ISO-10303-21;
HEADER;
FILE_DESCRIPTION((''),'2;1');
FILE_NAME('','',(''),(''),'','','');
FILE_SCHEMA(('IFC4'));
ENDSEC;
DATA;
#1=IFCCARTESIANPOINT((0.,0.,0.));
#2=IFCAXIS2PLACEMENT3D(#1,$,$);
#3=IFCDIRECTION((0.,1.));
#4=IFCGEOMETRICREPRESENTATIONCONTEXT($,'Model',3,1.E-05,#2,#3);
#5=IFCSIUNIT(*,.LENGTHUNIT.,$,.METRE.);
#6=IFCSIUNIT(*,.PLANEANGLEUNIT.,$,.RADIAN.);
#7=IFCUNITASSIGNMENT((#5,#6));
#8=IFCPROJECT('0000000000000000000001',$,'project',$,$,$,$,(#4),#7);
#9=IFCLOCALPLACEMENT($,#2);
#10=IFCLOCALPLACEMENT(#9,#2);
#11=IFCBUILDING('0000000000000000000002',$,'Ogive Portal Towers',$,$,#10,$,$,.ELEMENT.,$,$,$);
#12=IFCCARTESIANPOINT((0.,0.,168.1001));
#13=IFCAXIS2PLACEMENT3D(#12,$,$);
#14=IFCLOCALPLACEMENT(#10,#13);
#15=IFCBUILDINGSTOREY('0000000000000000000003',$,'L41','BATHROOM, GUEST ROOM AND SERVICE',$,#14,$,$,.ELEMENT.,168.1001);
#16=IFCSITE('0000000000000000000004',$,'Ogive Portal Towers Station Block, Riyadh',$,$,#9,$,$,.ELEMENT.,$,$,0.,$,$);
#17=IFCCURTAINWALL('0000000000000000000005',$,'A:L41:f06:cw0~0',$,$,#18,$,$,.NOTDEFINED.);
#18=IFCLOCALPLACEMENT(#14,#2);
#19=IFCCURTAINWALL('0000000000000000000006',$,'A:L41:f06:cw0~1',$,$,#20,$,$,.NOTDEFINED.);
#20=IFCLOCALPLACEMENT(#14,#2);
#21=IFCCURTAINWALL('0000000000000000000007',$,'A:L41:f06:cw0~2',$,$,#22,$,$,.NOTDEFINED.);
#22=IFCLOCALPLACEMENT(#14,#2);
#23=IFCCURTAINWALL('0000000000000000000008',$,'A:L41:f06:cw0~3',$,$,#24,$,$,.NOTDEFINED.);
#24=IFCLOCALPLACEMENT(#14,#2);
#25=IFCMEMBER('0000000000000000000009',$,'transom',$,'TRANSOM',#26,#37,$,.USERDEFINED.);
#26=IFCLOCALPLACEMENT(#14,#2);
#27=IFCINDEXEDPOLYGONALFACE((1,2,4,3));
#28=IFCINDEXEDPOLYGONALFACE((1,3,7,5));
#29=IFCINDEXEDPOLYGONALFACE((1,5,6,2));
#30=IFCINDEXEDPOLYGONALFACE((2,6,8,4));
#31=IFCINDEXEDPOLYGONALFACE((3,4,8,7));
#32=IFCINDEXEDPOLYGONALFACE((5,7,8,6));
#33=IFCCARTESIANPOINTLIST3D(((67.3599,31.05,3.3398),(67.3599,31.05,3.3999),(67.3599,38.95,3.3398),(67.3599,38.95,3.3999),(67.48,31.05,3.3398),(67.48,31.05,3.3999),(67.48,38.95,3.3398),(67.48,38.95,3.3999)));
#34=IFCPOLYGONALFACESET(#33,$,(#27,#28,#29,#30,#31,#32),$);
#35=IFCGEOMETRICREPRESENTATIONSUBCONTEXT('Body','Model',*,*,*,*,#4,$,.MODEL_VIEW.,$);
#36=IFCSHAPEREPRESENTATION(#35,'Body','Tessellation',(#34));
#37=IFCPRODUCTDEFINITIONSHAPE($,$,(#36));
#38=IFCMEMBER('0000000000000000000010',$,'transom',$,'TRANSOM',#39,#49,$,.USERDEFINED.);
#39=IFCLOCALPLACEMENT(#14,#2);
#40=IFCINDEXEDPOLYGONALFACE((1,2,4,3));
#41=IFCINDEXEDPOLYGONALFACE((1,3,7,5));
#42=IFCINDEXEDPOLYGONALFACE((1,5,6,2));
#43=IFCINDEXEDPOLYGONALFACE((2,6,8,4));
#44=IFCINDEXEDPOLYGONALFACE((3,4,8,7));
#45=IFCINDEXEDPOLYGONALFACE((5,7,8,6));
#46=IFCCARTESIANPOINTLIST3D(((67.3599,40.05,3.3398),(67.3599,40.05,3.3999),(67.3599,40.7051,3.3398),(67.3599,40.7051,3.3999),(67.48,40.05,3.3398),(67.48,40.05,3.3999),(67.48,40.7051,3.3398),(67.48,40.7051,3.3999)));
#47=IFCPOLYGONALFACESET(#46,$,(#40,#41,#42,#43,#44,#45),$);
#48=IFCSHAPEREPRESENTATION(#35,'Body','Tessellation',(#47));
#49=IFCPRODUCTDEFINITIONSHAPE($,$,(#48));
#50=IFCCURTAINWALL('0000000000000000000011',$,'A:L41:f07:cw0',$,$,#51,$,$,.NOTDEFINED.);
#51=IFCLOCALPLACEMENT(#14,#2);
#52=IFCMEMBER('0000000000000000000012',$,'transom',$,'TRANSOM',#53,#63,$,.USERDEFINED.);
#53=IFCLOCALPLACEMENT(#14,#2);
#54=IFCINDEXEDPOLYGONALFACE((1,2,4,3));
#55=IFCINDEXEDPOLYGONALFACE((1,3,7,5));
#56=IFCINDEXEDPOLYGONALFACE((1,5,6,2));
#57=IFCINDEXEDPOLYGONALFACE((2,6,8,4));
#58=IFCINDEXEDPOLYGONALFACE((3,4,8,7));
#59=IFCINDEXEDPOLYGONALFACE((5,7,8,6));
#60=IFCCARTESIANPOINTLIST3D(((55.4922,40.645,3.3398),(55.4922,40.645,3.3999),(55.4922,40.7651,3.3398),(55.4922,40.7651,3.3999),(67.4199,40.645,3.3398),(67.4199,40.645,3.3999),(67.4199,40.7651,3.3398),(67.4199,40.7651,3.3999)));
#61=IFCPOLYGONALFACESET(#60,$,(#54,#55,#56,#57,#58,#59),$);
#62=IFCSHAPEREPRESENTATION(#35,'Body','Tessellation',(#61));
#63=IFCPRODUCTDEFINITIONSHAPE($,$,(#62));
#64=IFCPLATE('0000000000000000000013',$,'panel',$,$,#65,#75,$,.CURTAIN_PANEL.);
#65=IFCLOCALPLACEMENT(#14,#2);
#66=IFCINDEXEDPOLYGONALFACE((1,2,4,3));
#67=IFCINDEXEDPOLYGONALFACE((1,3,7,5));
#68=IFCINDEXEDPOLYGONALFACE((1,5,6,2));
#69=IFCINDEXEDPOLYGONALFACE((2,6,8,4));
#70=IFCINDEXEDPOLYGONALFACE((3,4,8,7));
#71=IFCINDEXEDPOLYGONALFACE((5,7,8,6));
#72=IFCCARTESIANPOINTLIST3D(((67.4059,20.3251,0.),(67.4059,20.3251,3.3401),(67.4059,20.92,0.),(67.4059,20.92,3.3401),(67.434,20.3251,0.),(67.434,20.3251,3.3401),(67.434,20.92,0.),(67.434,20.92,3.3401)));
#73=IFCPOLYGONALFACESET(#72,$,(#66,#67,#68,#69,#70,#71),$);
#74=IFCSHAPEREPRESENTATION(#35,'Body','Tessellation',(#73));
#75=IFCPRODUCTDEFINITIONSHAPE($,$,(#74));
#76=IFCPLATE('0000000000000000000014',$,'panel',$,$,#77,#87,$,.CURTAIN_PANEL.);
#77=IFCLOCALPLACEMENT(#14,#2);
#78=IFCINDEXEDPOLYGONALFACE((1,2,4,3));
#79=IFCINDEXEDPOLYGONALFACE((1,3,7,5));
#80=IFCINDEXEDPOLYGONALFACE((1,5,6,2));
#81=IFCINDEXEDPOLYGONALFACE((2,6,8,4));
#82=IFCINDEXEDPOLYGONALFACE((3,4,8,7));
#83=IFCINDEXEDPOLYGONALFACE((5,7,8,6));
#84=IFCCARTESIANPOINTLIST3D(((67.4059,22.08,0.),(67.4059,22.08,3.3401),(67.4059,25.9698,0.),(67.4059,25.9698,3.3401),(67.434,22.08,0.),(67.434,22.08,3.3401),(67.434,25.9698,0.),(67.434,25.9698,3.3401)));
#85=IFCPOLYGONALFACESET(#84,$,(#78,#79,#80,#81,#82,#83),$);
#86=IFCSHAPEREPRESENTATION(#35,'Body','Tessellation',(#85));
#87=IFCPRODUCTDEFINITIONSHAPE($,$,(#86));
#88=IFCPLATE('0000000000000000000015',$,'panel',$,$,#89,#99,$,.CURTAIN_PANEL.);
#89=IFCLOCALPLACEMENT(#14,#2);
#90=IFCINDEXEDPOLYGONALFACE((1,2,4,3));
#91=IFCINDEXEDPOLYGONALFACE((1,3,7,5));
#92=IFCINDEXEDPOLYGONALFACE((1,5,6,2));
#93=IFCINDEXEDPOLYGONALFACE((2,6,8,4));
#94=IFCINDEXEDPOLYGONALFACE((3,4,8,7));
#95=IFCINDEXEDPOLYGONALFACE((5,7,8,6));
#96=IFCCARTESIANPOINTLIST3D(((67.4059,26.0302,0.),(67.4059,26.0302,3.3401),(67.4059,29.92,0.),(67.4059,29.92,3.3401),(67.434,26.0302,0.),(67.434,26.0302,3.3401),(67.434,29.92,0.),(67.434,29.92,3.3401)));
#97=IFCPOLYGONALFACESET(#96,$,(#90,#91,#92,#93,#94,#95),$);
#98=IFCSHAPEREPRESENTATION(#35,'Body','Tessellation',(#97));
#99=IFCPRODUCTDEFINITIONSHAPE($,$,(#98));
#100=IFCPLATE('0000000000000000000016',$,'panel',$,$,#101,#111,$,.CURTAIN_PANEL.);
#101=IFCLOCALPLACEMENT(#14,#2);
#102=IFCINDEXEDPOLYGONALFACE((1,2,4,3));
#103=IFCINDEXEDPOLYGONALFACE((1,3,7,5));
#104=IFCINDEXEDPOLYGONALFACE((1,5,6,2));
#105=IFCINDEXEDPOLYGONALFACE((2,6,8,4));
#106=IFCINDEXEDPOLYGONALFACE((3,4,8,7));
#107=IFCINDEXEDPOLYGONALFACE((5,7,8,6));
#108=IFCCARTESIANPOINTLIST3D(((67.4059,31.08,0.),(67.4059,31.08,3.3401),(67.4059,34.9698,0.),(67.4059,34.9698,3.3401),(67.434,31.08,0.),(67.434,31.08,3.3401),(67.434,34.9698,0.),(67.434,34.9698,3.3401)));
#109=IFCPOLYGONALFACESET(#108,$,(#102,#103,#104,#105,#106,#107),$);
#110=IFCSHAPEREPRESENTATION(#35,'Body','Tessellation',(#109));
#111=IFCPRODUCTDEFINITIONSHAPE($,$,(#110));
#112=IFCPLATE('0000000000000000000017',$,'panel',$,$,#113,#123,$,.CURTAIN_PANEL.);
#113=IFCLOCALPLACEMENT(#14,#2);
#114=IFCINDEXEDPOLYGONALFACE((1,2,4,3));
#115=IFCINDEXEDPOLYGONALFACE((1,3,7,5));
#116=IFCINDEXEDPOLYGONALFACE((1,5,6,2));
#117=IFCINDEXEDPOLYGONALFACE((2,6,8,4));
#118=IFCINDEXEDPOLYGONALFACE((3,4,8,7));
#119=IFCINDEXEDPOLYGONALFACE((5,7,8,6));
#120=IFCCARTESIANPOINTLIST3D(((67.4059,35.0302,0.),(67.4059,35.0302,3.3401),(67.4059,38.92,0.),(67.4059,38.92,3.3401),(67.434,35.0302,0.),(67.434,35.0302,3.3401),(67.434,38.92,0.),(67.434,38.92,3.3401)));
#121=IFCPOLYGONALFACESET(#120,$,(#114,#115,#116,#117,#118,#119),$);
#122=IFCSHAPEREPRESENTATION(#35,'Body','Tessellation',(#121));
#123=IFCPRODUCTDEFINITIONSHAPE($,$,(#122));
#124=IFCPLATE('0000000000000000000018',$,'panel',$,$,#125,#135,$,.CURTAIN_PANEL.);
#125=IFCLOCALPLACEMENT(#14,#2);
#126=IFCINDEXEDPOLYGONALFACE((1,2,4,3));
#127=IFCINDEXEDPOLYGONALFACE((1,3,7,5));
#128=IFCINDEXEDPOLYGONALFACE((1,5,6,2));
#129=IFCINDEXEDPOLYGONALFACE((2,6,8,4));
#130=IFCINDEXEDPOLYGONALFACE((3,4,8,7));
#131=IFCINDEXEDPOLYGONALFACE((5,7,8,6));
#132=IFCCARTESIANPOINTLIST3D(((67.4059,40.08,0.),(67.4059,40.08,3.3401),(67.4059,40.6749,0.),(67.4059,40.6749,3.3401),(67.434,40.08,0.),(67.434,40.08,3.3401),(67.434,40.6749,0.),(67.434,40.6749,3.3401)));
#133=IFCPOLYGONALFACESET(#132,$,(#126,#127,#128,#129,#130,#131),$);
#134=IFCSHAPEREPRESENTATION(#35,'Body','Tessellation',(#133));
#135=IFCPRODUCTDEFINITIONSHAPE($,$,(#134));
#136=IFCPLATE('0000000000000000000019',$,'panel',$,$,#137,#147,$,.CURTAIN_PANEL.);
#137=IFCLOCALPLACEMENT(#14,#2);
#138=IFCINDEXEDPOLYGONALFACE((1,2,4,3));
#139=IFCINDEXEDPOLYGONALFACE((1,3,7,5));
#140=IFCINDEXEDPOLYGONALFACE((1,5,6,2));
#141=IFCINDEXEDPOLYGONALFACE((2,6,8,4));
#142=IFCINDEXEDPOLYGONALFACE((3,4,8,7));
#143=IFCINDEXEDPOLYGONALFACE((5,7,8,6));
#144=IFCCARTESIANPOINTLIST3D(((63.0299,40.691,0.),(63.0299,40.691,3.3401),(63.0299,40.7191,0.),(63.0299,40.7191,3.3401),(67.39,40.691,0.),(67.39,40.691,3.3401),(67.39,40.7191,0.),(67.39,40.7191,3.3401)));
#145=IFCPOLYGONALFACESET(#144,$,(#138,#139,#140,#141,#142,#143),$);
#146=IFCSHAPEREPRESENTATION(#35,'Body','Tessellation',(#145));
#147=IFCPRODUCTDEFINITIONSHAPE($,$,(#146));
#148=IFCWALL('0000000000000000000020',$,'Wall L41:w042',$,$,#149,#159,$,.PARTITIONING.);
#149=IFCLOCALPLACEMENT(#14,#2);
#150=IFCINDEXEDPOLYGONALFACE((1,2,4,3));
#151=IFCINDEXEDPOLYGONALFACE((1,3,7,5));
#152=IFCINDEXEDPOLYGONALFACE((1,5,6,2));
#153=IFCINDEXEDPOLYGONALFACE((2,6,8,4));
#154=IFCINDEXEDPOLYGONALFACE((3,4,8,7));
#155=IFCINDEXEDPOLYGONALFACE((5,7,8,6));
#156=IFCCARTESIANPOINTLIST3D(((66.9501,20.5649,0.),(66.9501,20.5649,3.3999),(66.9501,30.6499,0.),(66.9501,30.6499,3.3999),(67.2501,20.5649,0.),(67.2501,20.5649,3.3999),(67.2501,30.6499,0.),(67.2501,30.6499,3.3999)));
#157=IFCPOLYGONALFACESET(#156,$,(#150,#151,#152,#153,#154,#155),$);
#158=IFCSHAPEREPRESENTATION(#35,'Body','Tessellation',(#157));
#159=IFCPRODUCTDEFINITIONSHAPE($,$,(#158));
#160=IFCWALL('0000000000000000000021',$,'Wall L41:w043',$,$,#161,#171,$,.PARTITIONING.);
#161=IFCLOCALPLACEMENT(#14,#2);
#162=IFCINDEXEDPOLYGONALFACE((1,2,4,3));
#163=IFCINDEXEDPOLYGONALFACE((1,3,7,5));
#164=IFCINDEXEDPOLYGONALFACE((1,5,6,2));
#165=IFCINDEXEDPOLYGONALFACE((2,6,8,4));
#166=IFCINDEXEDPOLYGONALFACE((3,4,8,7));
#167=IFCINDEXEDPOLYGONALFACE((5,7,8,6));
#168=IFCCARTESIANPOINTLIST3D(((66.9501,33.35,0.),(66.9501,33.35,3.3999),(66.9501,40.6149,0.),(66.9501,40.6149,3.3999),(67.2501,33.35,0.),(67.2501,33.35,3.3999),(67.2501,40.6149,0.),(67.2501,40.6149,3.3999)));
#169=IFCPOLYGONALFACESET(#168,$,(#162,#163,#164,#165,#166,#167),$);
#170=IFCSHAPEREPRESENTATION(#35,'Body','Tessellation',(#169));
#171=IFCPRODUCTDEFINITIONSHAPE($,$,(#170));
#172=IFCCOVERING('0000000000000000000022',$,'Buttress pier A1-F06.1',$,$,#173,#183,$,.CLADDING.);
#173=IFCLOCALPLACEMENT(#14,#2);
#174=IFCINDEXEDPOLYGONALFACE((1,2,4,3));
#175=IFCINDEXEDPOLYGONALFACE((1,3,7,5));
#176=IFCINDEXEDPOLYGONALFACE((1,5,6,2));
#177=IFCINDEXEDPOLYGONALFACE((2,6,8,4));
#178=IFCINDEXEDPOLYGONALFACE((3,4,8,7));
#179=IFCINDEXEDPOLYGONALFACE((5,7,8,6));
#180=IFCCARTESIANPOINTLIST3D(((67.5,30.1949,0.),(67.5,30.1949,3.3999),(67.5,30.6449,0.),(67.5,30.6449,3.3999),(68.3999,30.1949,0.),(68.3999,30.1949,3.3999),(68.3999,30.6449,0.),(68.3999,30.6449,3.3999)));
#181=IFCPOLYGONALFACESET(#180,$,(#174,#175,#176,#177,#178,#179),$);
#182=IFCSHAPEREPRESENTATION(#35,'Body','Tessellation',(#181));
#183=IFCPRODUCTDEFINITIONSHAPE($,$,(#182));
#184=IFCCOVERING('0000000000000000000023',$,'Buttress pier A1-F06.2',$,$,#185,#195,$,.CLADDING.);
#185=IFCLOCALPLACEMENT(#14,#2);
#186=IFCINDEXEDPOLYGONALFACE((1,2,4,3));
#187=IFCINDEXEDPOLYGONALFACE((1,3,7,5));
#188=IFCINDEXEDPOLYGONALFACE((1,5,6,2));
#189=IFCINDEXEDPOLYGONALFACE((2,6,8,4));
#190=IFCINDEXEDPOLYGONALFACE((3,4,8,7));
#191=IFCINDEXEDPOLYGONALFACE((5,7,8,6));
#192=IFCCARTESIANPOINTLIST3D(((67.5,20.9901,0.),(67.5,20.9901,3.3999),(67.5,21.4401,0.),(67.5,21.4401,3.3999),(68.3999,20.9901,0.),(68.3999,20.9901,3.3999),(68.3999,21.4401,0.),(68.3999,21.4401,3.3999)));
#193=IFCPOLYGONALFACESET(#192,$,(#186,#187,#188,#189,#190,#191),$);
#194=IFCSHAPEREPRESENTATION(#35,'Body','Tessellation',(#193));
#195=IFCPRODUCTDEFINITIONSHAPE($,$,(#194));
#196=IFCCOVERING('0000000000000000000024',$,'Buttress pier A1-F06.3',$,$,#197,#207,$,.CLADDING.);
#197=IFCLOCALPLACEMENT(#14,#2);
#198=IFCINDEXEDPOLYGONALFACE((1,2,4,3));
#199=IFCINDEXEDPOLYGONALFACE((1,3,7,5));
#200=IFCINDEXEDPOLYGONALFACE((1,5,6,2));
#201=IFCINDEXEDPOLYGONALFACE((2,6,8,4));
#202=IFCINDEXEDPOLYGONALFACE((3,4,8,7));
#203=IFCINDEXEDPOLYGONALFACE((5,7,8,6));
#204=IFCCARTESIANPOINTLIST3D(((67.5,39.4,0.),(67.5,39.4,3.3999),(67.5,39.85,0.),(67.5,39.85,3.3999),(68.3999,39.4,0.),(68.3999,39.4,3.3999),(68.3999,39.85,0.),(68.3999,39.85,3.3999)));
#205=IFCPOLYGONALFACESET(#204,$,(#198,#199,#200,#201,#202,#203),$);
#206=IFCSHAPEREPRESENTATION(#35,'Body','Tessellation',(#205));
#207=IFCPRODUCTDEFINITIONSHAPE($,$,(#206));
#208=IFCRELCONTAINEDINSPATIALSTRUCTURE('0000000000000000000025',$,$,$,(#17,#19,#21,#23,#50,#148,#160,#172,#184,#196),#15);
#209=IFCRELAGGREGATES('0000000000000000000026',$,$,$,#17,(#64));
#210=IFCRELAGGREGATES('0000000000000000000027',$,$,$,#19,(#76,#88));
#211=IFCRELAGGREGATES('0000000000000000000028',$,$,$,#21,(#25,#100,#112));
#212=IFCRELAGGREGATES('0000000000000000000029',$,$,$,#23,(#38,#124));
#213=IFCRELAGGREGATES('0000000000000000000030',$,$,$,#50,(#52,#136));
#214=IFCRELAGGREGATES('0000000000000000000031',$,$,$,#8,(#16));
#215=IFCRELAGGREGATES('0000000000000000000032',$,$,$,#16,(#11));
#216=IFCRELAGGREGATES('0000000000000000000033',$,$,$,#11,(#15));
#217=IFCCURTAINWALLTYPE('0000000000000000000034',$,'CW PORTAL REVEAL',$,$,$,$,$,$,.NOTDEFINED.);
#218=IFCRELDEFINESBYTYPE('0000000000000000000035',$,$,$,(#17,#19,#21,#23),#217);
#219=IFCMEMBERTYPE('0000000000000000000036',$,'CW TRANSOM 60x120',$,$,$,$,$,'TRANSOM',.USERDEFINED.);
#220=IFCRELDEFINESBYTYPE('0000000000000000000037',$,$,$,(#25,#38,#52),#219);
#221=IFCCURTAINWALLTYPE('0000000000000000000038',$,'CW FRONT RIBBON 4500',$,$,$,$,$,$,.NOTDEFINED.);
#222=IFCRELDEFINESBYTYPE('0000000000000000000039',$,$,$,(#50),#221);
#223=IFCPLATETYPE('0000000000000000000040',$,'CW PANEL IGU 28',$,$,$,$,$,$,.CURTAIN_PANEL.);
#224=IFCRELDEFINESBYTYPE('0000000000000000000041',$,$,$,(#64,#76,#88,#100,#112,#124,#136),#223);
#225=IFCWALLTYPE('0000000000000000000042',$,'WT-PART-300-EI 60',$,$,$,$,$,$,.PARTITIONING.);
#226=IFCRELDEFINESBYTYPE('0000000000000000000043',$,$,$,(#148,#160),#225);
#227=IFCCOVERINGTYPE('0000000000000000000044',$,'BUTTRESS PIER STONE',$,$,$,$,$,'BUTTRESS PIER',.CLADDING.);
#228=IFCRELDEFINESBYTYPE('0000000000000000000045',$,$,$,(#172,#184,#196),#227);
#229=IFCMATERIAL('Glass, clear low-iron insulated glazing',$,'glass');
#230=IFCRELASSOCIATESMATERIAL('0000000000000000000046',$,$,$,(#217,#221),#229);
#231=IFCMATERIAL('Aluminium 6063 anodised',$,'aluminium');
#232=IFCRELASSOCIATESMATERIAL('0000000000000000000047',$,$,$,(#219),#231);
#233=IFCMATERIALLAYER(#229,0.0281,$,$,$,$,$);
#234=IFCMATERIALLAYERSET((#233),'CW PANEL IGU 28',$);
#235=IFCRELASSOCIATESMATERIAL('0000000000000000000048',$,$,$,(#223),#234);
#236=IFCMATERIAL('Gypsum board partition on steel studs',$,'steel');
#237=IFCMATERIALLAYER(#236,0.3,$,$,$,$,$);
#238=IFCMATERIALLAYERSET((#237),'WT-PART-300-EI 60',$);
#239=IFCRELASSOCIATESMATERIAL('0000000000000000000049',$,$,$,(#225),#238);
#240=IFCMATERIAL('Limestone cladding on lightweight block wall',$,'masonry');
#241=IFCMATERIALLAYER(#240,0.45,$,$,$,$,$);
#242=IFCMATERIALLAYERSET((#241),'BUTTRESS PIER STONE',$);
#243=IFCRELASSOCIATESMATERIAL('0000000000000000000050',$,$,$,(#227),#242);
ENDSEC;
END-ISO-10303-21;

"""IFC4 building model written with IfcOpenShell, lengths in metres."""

from ifc_helpers import new_model, si_unit, direction, frame, frame_2d, origin, origin_2d, place, context, subcontext, project, spatial, rectangle, extrude, material, layer, layer_set, material_profile, profile_set, type_object, element, aggregate, save


model = new_model("IFC4")

# Units and contexts
model_context = context("Model", 3, precision=1e-05, world=origin(), true_north=direction((0.0, 1.0)))
body_context = subcontext(model_context, "Body", "Model", "MODEL_VIEW")
ifc_project = project(units=[si_unit("LENGTHUNIT", "METRE"), si_unit("PLANEANGLEUNIT", "RADIAN")], contexts=[model_context])

# Site, building, storey
site_placement = place(None, origin())
site = spatial("IfcSite", under=ifc_project, at=site_placement, Name="Ogive Portal Towers Station Block, Riyadh", CompositionType="ELEMENT", RefElevation=0.0)
building_placement = place(site_placement, origin())
building = spatial("IfcBuilding", under=site, at=building_placement, Name="Ogive Portal Towers", CompositionType="ELEMENT")
storey_placement = place(building_placement, frame((0.0, 0.0, 168.1001)))
storey = spatial("IfcBuildingStorey", under=building, at=storey_placement, Name="L41", Description="BATHROOM, GUEST ROOM AND SERVICE", CompositionType="ELEMENT", Elevation=168.1001)

# Curtain walls
ifc_material_1 = material(Name="Glass, clear low-iron insulated glazing", Category="glass")
curtain_wall_type_1 = type_object("IfcCurtainWallType", Name="CW PORTAL REVEAL", PredefinedType="NOTDEFINED", material=ifc_material_1)
curtain_wall_1_placement = place(storey_placement, origin())
curtain_wall_1 = element("IfcCurtainWall", 1, at=curtain_wall_1_placement, inside=storey, type_object=curtain_wall_type_1, Name="A:L41:f06:cw0~0", PredefinedType="NOTDEFINED")
ifc_material_2 = material(Name="Aluminium 6063 anodised", Category="aluminium")
curtain_wall_2_placement = place(storey_placement, origin())
curtain_wall_2 = element("IfcCurtainWall", 2, at=curtain_wall_2_placement, inside=storey, type_object=curtain_wall_type_1, Name="A:L41:f06:cw0~1", PredefinedType="NOTDEFINED")
curtain_wall_3_placement = place(storey_placement, origin())
curtain_wall_3 = element("IfcCurtainWall", 3, at=curtain_wall_3_placement, inside=storey, type_object=curtain_wall_type_1, Name="A:L41:f06:cw0~2", PredefinedType="NOTDEFINED")
curtain_wall_4_placement = place(storey_placement, origin())
curtain_wall_4 = element("IfcCurtainWall", 4, at=curtain_wall_4_placement, inside=storey, type_object=curtain_wall_type_1, Name="A:L41:f06:cw0~3", PredefinedType="NOTDEFINED")

# Members
ifc_material_profile_1 = material_profile(ifc_material_2, rectangle(XDim=0.1201, YDim=0.0601, at=origin_2d()), Name="AL 120x60")
ifc_profile_set_1 = profile_set([ifc_material_profile_1], Name="Aluminium 6063 anodised")
member_type_1 = type_object("IfcMemberType", Name="CW TRANSOM 60x120", ElementType="TRANSOM", PredefinedType="USERDEFINED", material=ifc_profile_set_1)
member_1_placement = place(storey_placement, frame((67.4199, 31.05, 3.3699), z_axis=(0.0, 1.0, 0.0), x_axis=(-1.0, 0.0, 0.0)))
member_1 = element("IfcMember", 5, at=member_1_placement, type_object=member_type_1, Name="transom", ObjectType="TRANSOM", PredefinedType="USERDEFINED", context=body_context, shape_type="SweptSolid", body=[
    extrude(rectangle(XDim=0.1201, YDim=0.0601, at=origin_2d()), origin(), (0.0, 0.0, 1.0), 7.8999),
])
member_2_placement = place(storey_placement, frame((67.4199, 40.05, 3.3699), z_axis=(0.0, 1.0, 0.0), x_axis=(-1.0, 0.0, 0.0)))
member_2 = element("IfcMember", 6, at=member_2_placement, type_object=member_type_1, Name="transom", ObjectType="TRANSOM", PredefinedType="USERDEFINED", context=body_context, shape_type="SweptSolid", body=[
    extrude(rectangle(XDim=0.1201, YDim=0.0601, at=origin_2d()), origin(), (0.0, 0.0, 1.0), 0.655),
])

# Curtain wall, member
curtain_wall_type_2 = type_object("IfcCurtainWallType", Name="CW FRONT RIBBON 4500", PredefinedType="NOTDEFINED", material=ifc_material_1)
curtain_wall_5_placement = place(storey_placement, origin())
curtain_wall_5 = element("IfcCurtainWall", 7, at=curtain_wall_5_placement, inside=storey, type_object=curtain_wall_type_2, Name="A:L41:f07:cw0", PredefinedType="NOTDEFINED")
member_3_placement = place(storey_placement, frame((67.4199, 40.7051, 3.3699), z_axis=(-1.0, 0.0, 0.0), x_axis=(0.0, -1.0, 0.0)))
member_3 = element("IfcMember", 8, at=member_3_placement, type_object=member_type_1, Name="transom", ObjectType="TRANSOM", PredefinedType="USERDEFINED", context=body_context, shape_type="SweptSolid", body=[
    extrude(rectangle(XDim=0.1201, YDim=0.0601, at=origin_2d()), origin(), (0.0, 0.0, 1.0), 11.9277),
])

# Plates
ifc_layer_1 = layer(ifc_material_1, 0.0281)
ifc_layer_set_1 = layer_set([ifc_layer_1], Name="CW PANEL IGU 28")
plate_type = type_object("IfcPlateType", Name="CW PANEL IGU 28", PredefinedType="CURTAIN_PANEL", material=ifc_layer_set_1)
plate_1_placement = place(storey_placement, frame((67.4199, 20.6226, 0.0), z_axis=(0.0, 0.0, 1.0), x_axis=(0.0, 1.0, 0.0)))
plate_1 = element("IfcPlate", 9, at=plate_1_placement, type_object=plate_type, Name="panel", PredefinedType="CURTAIN_PANEL", context=body_context, shape_type="SweptSolid", body=[
    extrude(rectangle(XDim=0.595, YDim=0.0281, at=origin_2d()), origin(), (0.0, 0.0, 1.0), 3.3401),
])
aggregate(curtain_wall_1, [plate_1])
plate_2_placement = place(storey_placement, frame((67.4199, 24.0249, 0.0), z_axis=(0.0, 0.0, 1.0), x_axis=(0.0, 1.0, 0.0)))
plate_2 = element("IfcPlate", 10, at=plate_2_placement, type_object=plate_type, Name="panel", PredefinedType="CURTAIN_PANEL", context=body_context, shape_type="SweptSolid", body=[
    extrude(rectangle(XDim=3.8899, YDim=0.0281, at=origin_2d()), origin(), (0.0, 0.0, 1.0), 3.3401),
])
plate_3_placement = place(storey_placement, frame((67.4199, 27.9751, 0.0), z_axis=(0.0, 0.0, 1.0), x_axis=(0.0, 1.0, 0.0)))
plate_3 = element("IfcPlate", 11, at=plate_3_placement, type_object=plate_type, Name="panel", PredefinedType="CURTAIN_PANEL", context=body_context, shape_type="SweptSolid", body=[
    extrude(rectangle(XDim=3.8899, YDim=0.0281, at=origin_2d()), origin(), (0.0, 0.0, 1.0), 3.3401),
])
aggregate(curtain_wall_2, [plate_2, plate_3])
plate_4_placement = place(storey_placement, frame((67.4199, 33.0249, 0.0), z_axis=(0.0, 0.0, 1.0), x_axis=(0.0, 1.0, 0.0)))
plate_4 = element("IfcPlate", 12, at=plate_4_placement, type_object=plate_type, Name="panel", PredefinedType="CURTAIN_PANEL", context=body_context, shape_type="SweptSolid", body=[
    extrude(rectangle(XDim=3.8899, YDim=0.0281, at=origin_2d()), origin(), (0.0, 0.0, 1.0), 3.3401),
])
plate_5_placement = place(storey_placement, frame((67.4199, 36.9751, 0.0), z_axis=(0.0, 0.0, 1.0), x_axis=(0.0, 1.0, 0.0)))
plate_5 = element("IfcPlate", 13, at=plate_5_placement, type_object=plate_type, Name="panel", PredefinedType="CURTAIN_PANEL", context=body_context, shape_type="SweptSolid", body=[
    extrude(rectangle(XDim=3.8899, YDim=0.0281, at=origin_2d()), origin(), (0.0, 0.0, 1.0), 3.3401),
])
aggregate(curtain_wall_3, [member_1, plate_4, plate_5])
plate_6_placement = place(storey_placement, frame((67.4199, 40.3774, 0.0), z_axis=(0.0, 0.0, 1.0), x_axis=(0.0, 1.0, 0.0)))
plate_6 = element("IfcPlate", 14, at=plate_6_placement, type_object=plate_type, Name="panel", PredefinedType="CURTAIN_PANEL", context=body_context, shape_type="SweptSolid", body=[
    extrude(rectangle(XDim=0.595, YDim=0.0281, at=origin_2d()), origin(), (0.0, 0.0, 1.0), 3.3401),
])
aggregate(curtain_wall_4, [member_2, plate_6])
plate_7_placement = place(storey_placement, frame((65.21, 40.7051, 0.0), z_axis=(0.0, 0.0, 1.0), x_axis=(-1.0, 0.0, 0.0)))
plate_7 = element("IfcPlate", 15, at=plate_7_placement, type_object=plate_type, Name="panel", PredefinedType="CURTAIN_PANEL", context=body_context, shape_type="SweptSolid", body=[
    extrude(rectangle(XDim=4.3601, YDim=0.0281, at=origin_2d()), origin(), (0.0, 0.0, 1.0), 3.3401),
])
aggregate(curtain_wall_5, [member_3, plate_7])

# Walls
ifc_material_3 = material(Name="Gypsum board partition on steel studs", Category="steel")
ifc_layer_2 = layer(ifc_material_3, 0.3)
ifc_layer_set_2 = layer_set([ifc_layer_2], Name="WT-PART-300-EI 60")
wall_type = type_object("IfcWallType", Name="WT-PART-300-EI 60", PredefinedType="PARTITIONING", material=ifc_layer_set_2)
wall_1_placement = place(storey_placement, frame((67.1001, 20.5649, 0.0), z_axis=(0.0, 0.0, 1.0), x_axis=(0.0, 1.0, 0.0)))
element("IfcWall", 16, at=wall_1_placement, inside=storey, type_object=wall_type, Name="Wall L41:w042", PredefinedType="PARTITIONING", context=body_context, shape_type="SweptSolid", body=[
    extrude(rectangle(XDim=10.085, YDim=0.3, at=frame_2d((5.0425, 0.0))), origin(), (0.0, 0.0, 1.0), 3.3999),
])
wall_2_placement = place(storey_placement, frame((67.1001, 33.3501, 0.0), z_axis=(0.0, 0.0, 1.0), x_axis=(0.0, 1.0, 0.0)))
element("IfcWall", 17, at=wall_2_placement, inside=storey, type_object=wall_type, Name="Wall L41:w043", PredefinedType="PARTITIONING", context=body_context, shape_type="SweptSolid", body=[
    extrude(rectangle(XDim=7.2649, YDim=0.3, at=frame_2d((3.6323, 0.0))), origin(), (0.0, 0.0, 1.0), 3.3999),
])

# Coverings
ifc_material_4 = material(Name="Limestone cladding on lightweight block wall", Category="masonry")
ifc_layer_3 = layer(ifc_material_4, 0.45)
ifc_layer_set_3 = layer_set([ifc_layer_3], Name="BUTTRESS PIER STONE")
covering_type_1 = type_object("IfcCoveringType", Name="BUTTRESS PIER STONE", ElementType="BUTTRESS PIER", PredefinedType="CLADDING", material=ifc_layer_set_3)
for number, where, z_axis, x_axis, name in (
    (18, (67.95, 30.4199, 0.0), (0.0, 0.0, 1.0), (1.0, 0.0, 0.0), "Buttress pier A1-F06.1"),
    (19, (67.95, 21.2151, 0.0), (0.0, 0.0, 1.0), (1.0, 0.0, 0.0), "Buttress pier A1-F06.2"),
    (20, (67.95, 39.625, 0.0), (0.0, 0.0, 1.0), (1.0, 0.0, 0.0), "Buttress pier A1-F06.3"),
):
    element("IfcCovering", number, at=place(storey_placement, frame(where, z_axis=z_axis, x_axis=x_axis)), inside=storey, type_object=covering_type_1, Name=name, PredefinedType="CLADDING", context=body_context, shape_type="SweptSolid", body=[
        extrude(rectangle(XDim=0.8999, YDim=0.45, at=origin_2d()), origin(), (0.0, 0.0, 1.0), 3.3999),
    ])

save(model, "model.ifc")
